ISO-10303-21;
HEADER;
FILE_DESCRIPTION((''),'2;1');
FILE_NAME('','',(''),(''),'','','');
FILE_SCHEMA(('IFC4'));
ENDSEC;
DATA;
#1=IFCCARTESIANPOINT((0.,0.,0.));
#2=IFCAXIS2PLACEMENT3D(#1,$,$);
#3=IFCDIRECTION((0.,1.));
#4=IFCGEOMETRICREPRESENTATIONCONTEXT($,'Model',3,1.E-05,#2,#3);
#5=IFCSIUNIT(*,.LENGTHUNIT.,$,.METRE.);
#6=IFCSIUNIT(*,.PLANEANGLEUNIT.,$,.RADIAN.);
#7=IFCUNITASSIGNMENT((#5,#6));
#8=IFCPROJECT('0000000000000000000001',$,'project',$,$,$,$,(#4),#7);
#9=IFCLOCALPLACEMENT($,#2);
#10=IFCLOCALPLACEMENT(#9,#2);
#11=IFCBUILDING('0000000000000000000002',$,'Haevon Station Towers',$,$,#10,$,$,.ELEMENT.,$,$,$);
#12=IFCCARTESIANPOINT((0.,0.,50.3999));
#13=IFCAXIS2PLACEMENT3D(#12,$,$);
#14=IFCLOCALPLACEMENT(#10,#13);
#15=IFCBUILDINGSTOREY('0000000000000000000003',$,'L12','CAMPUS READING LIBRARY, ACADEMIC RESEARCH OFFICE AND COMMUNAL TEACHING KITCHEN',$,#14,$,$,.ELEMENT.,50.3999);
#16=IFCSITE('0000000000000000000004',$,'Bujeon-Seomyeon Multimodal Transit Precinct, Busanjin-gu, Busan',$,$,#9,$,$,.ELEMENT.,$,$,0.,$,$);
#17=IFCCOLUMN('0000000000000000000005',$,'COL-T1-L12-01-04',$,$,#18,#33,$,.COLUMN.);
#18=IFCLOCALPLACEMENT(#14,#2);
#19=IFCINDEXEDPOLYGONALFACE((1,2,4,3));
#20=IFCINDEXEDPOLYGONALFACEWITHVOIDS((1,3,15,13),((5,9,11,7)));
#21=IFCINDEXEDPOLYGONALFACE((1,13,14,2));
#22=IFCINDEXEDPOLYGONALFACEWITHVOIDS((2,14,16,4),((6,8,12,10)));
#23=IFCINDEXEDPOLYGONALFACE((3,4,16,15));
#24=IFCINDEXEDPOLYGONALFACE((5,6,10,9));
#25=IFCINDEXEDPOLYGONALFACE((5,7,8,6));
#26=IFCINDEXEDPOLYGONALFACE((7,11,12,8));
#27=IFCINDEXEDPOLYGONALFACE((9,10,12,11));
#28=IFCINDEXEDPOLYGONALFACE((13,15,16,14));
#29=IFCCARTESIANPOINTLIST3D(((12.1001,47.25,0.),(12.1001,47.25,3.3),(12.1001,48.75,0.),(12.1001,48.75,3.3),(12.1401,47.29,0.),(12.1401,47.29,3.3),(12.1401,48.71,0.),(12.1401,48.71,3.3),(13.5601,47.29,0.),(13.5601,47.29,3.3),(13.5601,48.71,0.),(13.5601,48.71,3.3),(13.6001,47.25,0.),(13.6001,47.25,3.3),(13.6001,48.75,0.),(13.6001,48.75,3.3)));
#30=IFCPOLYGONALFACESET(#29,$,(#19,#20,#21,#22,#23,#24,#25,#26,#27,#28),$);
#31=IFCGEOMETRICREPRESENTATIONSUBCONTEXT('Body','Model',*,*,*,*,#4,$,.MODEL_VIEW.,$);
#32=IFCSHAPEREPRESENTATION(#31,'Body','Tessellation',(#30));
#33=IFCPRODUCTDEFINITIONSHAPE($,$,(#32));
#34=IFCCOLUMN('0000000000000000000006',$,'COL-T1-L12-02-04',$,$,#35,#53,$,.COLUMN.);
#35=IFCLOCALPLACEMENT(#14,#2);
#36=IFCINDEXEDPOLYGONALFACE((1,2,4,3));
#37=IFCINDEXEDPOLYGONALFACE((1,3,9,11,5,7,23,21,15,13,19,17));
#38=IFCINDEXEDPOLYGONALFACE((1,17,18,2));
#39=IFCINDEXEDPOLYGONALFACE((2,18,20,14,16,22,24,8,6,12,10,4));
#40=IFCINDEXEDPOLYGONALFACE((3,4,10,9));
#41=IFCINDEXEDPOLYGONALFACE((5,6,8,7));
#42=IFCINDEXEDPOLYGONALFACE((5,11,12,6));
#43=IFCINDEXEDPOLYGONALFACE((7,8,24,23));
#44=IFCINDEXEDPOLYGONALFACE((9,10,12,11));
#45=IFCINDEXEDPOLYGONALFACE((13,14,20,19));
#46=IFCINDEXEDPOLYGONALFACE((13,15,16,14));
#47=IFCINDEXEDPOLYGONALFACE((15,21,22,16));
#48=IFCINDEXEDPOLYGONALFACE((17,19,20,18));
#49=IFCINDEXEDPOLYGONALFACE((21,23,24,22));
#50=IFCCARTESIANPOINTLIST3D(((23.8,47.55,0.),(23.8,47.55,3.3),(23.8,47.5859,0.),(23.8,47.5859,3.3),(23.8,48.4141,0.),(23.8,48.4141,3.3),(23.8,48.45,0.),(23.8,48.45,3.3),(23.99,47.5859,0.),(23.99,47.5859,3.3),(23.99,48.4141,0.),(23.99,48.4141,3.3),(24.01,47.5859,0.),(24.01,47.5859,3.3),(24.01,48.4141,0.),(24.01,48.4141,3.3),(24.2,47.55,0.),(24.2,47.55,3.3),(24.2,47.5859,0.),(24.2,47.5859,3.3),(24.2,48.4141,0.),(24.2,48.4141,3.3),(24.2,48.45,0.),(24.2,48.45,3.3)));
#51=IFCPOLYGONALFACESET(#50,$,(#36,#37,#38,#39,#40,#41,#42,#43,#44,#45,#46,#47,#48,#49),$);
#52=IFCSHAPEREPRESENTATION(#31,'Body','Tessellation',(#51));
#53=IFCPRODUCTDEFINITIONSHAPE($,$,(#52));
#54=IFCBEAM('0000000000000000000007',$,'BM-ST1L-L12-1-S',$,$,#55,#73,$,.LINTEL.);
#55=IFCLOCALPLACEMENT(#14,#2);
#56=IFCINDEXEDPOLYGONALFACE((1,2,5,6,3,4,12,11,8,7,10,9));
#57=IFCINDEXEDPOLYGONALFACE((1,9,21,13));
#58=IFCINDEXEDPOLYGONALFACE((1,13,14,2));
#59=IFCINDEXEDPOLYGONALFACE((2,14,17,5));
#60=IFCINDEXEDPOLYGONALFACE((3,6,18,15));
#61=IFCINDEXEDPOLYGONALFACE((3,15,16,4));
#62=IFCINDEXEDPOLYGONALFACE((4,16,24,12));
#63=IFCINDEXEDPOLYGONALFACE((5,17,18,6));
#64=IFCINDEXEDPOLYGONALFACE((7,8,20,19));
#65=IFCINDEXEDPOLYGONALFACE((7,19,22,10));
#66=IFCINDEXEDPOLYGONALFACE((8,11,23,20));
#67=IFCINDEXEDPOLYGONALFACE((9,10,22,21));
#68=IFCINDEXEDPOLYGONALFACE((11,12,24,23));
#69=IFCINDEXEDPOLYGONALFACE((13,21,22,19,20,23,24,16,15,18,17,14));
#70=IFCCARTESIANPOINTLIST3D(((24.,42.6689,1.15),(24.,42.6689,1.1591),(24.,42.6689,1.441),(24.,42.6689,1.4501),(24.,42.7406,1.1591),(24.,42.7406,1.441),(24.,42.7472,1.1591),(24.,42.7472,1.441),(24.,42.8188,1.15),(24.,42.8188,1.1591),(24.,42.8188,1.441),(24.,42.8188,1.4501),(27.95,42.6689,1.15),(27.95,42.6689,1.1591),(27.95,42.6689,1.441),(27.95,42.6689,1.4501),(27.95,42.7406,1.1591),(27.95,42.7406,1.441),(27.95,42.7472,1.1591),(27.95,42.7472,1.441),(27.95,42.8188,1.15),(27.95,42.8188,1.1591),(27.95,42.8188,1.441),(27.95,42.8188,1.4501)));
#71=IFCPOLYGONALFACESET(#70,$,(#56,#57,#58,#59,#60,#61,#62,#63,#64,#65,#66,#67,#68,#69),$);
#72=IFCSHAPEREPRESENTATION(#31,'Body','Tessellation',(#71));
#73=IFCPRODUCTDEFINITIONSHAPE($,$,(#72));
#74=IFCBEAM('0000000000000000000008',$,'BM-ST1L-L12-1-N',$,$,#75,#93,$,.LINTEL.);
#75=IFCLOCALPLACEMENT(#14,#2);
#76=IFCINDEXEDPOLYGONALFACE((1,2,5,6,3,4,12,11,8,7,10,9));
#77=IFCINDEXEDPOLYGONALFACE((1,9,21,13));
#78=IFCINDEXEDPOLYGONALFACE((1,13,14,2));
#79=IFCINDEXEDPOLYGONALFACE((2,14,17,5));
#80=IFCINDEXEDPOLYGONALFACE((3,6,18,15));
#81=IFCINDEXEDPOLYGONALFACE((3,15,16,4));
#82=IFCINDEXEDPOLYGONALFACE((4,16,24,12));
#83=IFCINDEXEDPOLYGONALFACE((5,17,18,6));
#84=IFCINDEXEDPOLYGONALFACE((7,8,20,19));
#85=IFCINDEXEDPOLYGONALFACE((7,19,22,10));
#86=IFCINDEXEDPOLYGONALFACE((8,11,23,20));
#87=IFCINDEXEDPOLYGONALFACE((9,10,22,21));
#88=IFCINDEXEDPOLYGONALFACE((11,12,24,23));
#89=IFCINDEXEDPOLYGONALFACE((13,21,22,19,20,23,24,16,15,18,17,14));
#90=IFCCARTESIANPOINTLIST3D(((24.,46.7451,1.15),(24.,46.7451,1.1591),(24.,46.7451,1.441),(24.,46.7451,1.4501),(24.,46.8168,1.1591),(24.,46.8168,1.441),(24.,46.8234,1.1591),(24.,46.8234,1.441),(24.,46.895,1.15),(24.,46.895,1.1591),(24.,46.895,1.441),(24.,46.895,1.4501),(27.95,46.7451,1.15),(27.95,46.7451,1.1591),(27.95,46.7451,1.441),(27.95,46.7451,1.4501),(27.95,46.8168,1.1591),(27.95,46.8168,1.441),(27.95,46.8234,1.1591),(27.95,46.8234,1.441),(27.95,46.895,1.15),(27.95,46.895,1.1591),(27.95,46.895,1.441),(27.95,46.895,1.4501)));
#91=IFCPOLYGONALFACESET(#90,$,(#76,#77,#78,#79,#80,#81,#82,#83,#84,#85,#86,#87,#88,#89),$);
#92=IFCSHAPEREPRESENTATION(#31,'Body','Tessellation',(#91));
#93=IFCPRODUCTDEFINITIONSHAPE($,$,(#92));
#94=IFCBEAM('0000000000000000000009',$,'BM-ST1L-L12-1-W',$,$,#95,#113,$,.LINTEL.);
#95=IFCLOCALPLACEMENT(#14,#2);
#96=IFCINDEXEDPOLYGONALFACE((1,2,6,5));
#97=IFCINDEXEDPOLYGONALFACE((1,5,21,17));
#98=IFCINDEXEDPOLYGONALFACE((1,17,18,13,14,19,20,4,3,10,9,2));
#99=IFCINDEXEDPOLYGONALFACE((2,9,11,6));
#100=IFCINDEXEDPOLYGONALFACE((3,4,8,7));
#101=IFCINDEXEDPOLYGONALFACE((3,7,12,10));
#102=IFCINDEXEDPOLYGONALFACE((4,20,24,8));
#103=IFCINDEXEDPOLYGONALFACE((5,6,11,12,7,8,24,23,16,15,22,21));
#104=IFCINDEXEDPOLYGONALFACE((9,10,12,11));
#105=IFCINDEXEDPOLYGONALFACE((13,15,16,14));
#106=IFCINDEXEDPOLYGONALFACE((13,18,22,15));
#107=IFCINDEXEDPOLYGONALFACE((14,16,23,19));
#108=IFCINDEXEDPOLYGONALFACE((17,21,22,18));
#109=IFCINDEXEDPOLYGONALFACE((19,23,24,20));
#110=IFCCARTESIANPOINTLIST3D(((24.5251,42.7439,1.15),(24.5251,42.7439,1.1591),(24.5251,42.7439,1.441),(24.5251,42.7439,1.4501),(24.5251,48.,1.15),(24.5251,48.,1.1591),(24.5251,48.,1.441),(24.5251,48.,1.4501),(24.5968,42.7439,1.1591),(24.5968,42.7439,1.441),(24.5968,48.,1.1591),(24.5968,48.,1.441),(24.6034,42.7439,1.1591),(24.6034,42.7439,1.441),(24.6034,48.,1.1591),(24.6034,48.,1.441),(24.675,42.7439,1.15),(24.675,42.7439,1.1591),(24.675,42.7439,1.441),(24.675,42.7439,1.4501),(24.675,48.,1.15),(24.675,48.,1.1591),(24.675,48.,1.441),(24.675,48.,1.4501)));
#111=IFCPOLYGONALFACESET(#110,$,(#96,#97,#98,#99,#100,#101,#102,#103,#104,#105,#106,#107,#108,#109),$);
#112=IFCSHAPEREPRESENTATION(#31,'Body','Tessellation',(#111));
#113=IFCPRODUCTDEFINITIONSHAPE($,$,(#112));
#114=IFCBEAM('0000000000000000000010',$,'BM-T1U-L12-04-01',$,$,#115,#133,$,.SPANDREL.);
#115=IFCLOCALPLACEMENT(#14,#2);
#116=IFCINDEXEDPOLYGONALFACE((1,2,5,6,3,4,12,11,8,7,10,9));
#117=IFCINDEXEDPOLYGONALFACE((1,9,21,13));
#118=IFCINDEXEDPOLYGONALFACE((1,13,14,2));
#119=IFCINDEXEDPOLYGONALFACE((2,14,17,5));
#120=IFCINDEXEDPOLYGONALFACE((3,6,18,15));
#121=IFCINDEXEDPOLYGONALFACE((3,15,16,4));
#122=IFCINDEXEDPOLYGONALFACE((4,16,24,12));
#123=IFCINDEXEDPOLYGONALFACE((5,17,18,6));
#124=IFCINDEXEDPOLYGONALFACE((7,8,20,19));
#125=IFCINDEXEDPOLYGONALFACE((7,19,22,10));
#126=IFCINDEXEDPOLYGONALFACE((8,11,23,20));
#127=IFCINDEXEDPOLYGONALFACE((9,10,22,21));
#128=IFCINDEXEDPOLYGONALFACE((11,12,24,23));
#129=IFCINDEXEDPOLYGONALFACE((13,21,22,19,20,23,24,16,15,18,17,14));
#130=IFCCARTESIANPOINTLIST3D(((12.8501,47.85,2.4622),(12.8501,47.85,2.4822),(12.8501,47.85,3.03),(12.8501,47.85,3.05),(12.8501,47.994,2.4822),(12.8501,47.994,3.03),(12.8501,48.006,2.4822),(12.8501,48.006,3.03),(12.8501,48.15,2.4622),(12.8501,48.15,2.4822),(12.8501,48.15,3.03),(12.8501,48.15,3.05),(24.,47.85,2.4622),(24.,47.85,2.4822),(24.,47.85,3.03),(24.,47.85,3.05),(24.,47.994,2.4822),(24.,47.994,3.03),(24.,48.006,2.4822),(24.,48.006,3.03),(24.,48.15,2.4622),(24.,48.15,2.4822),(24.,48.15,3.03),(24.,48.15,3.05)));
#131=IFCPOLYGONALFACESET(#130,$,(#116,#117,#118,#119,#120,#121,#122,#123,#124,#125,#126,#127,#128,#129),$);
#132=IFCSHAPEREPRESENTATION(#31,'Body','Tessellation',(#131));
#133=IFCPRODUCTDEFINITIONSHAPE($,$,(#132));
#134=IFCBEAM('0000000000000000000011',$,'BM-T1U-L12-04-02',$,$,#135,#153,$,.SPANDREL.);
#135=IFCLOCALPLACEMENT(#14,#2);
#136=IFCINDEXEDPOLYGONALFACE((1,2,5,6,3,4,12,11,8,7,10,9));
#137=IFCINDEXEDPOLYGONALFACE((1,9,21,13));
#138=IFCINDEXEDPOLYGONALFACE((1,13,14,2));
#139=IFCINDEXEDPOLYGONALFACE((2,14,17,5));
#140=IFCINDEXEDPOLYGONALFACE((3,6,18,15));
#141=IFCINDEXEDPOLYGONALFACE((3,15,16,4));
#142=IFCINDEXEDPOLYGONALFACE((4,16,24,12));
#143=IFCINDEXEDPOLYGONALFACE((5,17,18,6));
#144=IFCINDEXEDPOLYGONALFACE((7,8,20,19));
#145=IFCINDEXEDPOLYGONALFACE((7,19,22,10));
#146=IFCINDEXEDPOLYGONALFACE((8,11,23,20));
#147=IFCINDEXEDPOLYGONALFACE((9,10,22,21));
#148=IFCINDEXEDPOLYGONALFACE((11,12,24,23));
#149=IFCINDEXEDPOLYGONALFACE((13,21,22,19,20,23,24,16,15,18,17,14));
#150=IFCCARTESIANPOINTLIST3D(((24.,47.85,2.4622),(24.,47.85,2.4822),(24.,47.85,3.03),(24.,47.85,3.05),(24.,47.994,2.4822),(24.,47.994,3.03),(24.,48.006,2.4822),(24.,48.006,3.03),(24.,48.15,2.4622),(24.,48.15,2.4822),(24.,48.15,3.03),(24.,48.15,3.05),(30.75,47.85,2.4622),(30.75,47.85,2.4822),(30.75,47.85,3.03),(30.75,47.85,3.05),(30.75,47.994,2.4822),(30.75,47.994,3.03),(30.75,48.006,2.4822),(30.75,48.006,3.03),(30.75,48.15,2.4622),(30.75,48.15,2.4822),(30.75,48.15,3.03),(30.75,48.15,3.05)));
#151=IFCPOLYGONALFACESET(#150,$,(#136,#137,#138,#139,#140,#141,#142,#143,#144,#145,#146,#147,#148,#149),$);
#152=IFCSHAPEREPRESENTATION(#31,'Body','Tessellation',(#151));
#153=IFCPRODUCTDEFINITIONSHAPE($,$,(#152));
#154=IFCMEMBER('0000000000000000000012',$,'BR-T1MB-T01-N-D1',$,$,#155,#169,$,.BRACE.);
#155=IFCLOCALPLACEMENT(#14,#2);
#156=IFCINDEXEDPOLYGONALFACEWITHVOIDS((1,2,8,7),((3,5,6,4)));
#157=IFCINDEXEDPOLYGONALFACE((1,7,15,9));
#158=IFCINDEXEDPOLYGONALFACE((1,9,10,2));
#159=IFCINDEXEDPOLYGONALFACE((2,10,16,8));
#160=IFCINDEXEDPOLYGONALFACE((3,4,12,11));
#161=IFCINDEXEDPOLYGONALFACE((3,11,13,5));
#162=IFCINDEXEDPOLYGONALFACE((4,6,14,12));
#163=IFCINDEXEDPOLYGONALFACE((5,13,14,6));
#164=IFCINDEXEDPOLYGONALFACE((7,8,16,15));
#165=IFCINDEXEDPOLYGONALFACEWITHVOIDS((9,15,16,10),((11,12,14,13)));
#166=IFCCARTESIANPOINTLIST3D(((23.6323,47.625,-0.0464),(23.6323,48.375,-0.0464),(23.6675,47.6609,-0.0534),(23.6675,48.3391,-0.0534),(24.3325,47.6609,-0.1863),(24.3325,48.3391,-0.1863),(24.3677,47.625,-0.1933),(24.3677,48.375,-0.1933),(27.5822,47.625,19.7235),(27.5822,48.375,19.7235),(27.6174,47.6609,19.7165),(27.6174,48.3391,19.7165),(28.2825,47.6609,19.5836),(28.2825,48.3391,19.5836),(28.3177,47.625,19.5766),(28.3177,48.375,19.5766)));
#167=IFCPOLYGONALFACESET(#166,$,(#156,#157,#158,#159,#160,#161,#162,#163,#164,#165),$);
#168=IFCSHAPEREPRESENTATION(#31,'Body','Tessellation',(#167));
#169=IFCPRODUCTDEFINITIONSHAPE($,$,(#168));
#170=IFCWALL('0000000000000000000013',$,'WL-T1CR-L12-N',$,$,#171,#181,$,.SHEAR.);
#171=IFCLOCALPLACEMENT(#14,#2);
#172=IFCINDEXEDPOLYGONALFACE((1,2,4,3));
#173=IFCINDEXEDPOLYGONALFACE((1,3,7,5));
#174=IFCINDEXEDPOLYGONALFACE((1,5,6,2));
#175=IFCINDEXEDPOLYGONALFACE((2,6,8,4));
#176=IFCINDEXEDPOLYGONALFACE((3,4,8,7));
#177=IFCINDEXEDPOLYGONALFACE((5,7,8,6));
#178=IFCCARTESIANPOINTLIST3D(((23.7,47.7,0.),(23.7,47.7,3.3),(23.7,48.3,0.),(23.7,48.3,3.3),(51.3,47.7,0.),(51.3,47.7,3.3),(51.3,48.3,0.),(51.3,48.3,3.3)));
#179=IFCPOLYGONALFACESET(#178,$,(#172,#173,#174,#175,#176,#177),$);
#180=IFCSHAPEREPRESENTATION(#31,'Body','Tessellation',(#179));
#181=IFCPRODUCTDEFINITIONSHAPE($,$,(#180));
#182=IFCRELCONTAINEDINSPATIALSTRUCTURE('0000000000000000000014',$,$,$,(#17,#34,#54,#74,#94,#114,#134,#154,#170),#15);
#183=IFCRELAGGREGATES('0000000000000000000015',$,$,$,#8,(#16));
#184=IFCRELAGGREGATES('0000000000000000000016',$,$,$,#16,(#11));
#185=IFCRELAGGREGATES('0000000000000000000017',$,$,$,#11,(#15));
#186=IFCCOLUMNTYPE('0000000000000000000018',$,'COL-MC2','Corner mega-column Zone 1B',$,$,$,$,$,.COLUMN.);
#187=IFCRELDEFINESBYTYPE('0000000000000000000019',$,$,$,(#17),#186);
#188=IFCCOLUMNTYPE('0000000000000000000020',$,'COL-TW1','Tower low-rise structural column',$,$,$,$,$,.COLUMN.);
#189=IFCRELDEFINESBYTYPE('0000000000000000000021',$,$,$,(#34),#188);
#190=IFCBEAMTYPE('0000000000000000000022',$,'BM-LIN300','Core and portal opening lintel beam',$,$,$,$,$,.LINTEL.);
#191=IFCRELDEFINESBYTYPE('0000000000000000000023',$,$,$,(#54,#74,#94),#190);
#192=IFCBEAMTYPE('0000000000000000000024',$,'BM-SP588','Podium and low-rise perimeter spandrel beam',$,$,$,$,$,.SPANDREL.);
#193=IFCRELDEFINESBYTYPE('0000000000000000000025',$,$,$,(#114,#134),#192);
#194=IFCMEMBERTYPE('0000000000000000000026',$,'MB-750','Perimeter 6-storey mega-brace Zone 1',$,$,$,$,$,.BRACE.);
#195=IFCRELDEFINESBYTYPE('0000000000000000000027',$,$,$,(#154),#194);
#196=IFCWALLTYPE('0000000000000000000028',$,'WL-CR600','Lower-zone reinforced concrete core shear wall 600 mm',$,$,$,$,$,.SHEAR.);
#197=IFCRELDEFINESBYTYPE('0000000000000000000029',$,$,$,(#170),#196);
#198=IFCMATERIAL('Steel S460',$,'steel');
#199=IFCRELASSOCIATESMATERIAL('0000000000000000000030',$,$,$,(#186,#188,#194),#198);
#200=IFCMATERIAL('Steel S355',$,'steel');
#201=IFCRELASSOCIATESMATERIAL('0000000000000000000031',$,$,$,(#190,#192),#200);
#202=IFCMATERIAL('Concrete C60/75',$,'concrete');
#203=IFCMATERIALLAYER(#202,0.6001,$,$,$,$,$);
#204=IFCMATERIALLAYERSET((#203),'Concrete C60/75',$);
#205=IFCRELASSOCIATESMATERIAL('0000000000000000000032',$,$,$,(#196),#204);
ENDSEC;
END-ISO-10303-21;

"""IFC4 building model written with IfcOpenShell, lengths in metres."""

from ifc_helpers import new_model, si_unit, direction, frame, frame_2d, origin, origin_2d, place, context, subcontext, project, spatial, rectangle, hollow_rectangle, i_section, extrude, material, layer, layer_set, material_profile, profile_set, type_object, element, save


model = new_model("IFC4")

# Units and contexts
model_context = context("Model", 3, precision=1e-05, world=origin(), true_north=direction((0.0, 1.0)))
body_context = subcontext(model_context, "Body", "Model", "MODEL_VIEW")
ifc_project = project(units=[si_unit("LENGTHUNIT", "METRE"), si_unit("PLANEANGLEUNIT", "RADIAN")], contexts=[model_context])

# Site, building, storey
site_placement = place(None, origin())
site = spatial("IfcSite", under=ifc_project, at=site_placement, Name="Bujeon-Seomyeon Multimodal Transit Precinct, Busanjin-gu, Busan", CompositionType="ELEMENT", RefElevation=0.0)
building_placement = place(site_placement, origin())
building = spatial("IfcBuilding", under=site, at=building_placement, Name="Haevon Station Towers", CompositionType="ELEMENT")
storey_placement = place(building_placement, frame((0.0, 0.0, 50.3999)))
storey = spatial("IfcBuildingStorey", under=building, at=storey_placement, Name="L12", Description="CAMPUS READING LIBRARY, ACADEMIC RESEARCH OFFICE AND COMMUNAL TEACHING KITCHEN", CompositionType="ELEMENT", Elevation=50.3999)

# Columns
ifc_material_1 = material(Name="Steel S460", Category="steel")
ifc_material_profile_1 = material_profile(ifc_material_1, hollow_rectangle(XDim=1.5, YDim=1.5, WallThickness=0.04, at=origin_2d()), Name="BOX-1500x1500x40")
ifc_profile_set_1 = profile_set([ifc_material_profile_1], Name="Steel S460")
column_type_1 = type_object("IfcColumnType", Name="COL-MC2", Description="Corner mega-column Zone 1B", PredefinedType="COLUMN", material=ifc_profile_set_1)
column_1_placement = place(storey_placement, frame((12.8501, 48.0, 0.0), z_axis=(0.0, 0.0, 1.0), x_axis=(1.0, 0.0, 0.0)))
element("IfcColumn", 1, at=column_1_placement, inside=storey, type_object=column_type_1, Name="COL-T1-L12-01-04", PredefinedType="COLUMN", context=body_context, shape_type="SweptSolid", body=[
    extrude(hollow_rectangle(XDim=1.5, YDim=1.5, WallThickness=0.04, at=origin_2d()), origin(), (0.0, 0.0, 1.0), 3.3),
])
ifc_material_profile_2 = material_profile(ifc_material_1, i_section(OverallWidth=0.3999, OverallDepth=0.8999, WebThickness=0.02, FlangeThickness=0.0359, at=origin_2d()), Name="H-900x400x20x36")
ifc_profile_set_2 = profile_set([ifc_material_profile_2], Name="Steel S460")
column_type_2 = type_object("IfcColumnType", Name="COL-TW1", Description="Tower low-rise structural column", PredefinedType="COLUMN", material=ifc_profile_set_2)
column_2_placement = place(storey_placement, frame((24.0, 48.0, 0.0), z_axis=(0.0, 0.0, 1.0), x_axis=(1.0, 0.0, 0.0)))
element("IfcColumn", 2, at=column_2_placement, inside=storey, type_object=column_type_2, Name="COL-T1-L12-02-04", PredefinedType="COLUMN", context=body_context, shape_type="SweptSolid", body=[
    extrude(i_section(OverallWidth=0.3999, OverallDepth=0.8999, WebThickness=0.02, FlangeThickness=0.0359, at=origin_2d()), origin(), (0.0, 0.0, 1.0), 3.3),
])

# Beams
ifc_material_2 = material(Name="Steel S355", Category="steel")
ifc_material_profile_3 = material_profile(ifc_material_2, i_section(OverallWidth=0.1499, OverallDepth=0.3, WebThickness=0.0066, FlangeThickness=0.009, at=origin_2d()), Name="H-300x150x6.5x9")
ifc_profile_set_3 = profile_set([ifc_material_profile_3], Name="Steel S355")
beam_type_1 = type_object("IfcBeamType", Name="BM-LIN300", Description="Core and portal opening lintel beam", PredefinedType="LINTEL", material=ifc_profile_set_3)
for number, where, z_axis, x_axis, name in (
    (3, (24.0, 42.7439, 1.3), (1.0, 0.0, 0.0), (0.0, 1.0, 0.0), "BM-ST1L-L12-1-S"),
    (4, (24.0, 46.8201, 1.3), (1.0, 0.0, 0.0), (0.0, 1.0, 0.0), "BM-ST1L-L12-1-N"),
):
    element("IfcBeam", number, at=place(storey_placement, frame(where, z_axis=z_axis, x_axis=x_axis)), inside=storey, type_object=beam_type_1, Name=name, PredefinedType="LINTEL", context=body_context, shape_type="SweptSolid", body=[
        extrude(i_section(OverallWidth=0.1499, OverallDepth=0.3, WebThickness=0.0066, FlangeThickness=0.009, at=origin_2d()), origin(), (0.0, 0.0, 1.0), 3.95),
    ])
beam_1_placement = place(storey_placement, frame((24.6001, 42.7439, 1.3), z_axis=(0.0, 1.0, 0.0), x_axis=(-1.0, 0.0, 0.0)))
element("IfcBeam", 5, at=beam_1_placement, inside=storey, type_object=beam_type_1, Name="BM-ST1L-L12-1-W", PredefinedType="LINTEL", context=body_context, shape_type="SweptSolid", body=[
    extrude(i_section(OverallWidth=0.1499, OverallDepth=0.3, WebThickness=0.0066, FlangeThickness=0.009, at=origin_2d()), origin(), (0.0, 0.0, 1.0), 5.2561),
])
ifc_material_profile_4 = material_profile(ifc_material_2, i_section(OverallWidth=0.3, OverallDepth=0.5879, WebThickness=0.012, FlangeThickness=0.02, at=origin_2d()), Name="H-588x300x12x20")
ifc_profile_set_4 = profile_set([ifc_material_profile_4], Name="Steel S355")
beam_type_2 = type_object("IfcBeamType", Name="BM-SP588", Description="Podium and low-rise perimeter spandrel beam", PredefinedType="SPANDREL", material=ifc_profile_set_4)
beam_2_placement = place(storey_placement, frame((12.8501, 48.0, 2.7561), z_axis=(1.0, 0.0, 0.0), x_axis=(0.0, 1.0, 0.0)))
element("IfcBeam", 6, at=beam_2_placement, inside=storey, type_object=beam_type_2, Name="BM-T1U-L12-04-01", PredefinedType="SPANDREL", context=body_context, shape_type="SweptSolid", body=[
    extrude(i_section(OverallWidth=0.3, OverallDepth=0.5879, WebThickness=0.012, FlangeThickness=0.02, at=origin_2d()), origin(), (0.0, 0.0, 1.0), 11.1499),
])
beam_3_placement = place(storey_placement, frame((24.0, 48.0, 2.7561), z_axis=(1.0, 0.0, 0.0), x_axis=(0.0, 1.0, 0.0)))
element("IfcBeam", 7, at=beam_3_placement, inside=storey, type_object=beam_type_2, Name="BM-T1U-L12-04-02", PredefinedType="SPANDREL", context=body_context, shape_type="SweptSolid", body=[
    extrude(i_section(OverallWidth=0.3, OverallDepth=0.5879, WebThickness=0.012, FlangeThickness=0.02, at=origin_2d()), origin(), (0.0, 0.0, 1.0), 6.75),
])

# Member
ifc_material_profile_5 = material_profile(ifc_material_1, hollow_rectangle(XDim=0.75, YDim=0.75, WallThickness=0.0359, at=origin_2d()), Name="RHS-750x750x36")
ifc_profile_set_5 = profile_set([ifc_material_profile_5], Name="Steel S460")
member_type = type_object("IfcMemberType", Name="MB-750", Description="Perimeter 6-storey mega-brace Zone 1", PredefinedType="BRACE", material=ifc_profile_set_5)
member_placement = place(storey_placement, frame((24.0, 48.0, -0.1199), z_axis=(0.195923, 0.0, 0.980619), x_axis=(0.0, 1.0, 0.0)))
element("IfcMember", 8, at=member_placement, inside=storey, type_object=member_type, Name="BR-T1MB-T01-N-D1", PredefinedType="BRACE", context=body_context, shape_type="SweptSolid", body=[
    extrude(hollow_rectangle(XDim=0.75, YDim=0.75, WallThickness=0.0359, at=origin_2d()), origin(), (0.0, 0.0, 1.0), 20.1606),
])

# Wall
ifc_material_3 = material(Name="Concrete C60/75", Category="concrete")
ifc_layer_1 = layer(ifc_material_3, 0.6001)
ifc_layer_set_1 = layer_set([ifc_layer_1], Name="Concrete C60/75")
wall_type_1 = type_object("IfcWallType", Name="WL-CR600", Description="Lower-zone reinforced concrete core shear wall 600 mm", PredefinedType="SHEAR", material=ifc_layer_set_1)
wall_1_placement = place(storey_placement, frame((23.7, 48.0, 0.0), z_axis=(0.0, 0.0, 1.0), x_axis=(1.0, 0.0, 0.0)))
element("IfcWall", 9, at=wall_1_placement, inside=storey, type_object=wall_type_1, Name="WL-T1CR-L12-N", PredefinedType="SHEAR", context=body_context, shape_type="SweptSolid", body=[
    extrude(rectangle(XDim=27.6001, YDim=0.6001, at=frame_2d((13.8, 0.0))), origin(), (0.0, 0.0, 1.0), 3.3),
])

save(model, "model.ifc")
